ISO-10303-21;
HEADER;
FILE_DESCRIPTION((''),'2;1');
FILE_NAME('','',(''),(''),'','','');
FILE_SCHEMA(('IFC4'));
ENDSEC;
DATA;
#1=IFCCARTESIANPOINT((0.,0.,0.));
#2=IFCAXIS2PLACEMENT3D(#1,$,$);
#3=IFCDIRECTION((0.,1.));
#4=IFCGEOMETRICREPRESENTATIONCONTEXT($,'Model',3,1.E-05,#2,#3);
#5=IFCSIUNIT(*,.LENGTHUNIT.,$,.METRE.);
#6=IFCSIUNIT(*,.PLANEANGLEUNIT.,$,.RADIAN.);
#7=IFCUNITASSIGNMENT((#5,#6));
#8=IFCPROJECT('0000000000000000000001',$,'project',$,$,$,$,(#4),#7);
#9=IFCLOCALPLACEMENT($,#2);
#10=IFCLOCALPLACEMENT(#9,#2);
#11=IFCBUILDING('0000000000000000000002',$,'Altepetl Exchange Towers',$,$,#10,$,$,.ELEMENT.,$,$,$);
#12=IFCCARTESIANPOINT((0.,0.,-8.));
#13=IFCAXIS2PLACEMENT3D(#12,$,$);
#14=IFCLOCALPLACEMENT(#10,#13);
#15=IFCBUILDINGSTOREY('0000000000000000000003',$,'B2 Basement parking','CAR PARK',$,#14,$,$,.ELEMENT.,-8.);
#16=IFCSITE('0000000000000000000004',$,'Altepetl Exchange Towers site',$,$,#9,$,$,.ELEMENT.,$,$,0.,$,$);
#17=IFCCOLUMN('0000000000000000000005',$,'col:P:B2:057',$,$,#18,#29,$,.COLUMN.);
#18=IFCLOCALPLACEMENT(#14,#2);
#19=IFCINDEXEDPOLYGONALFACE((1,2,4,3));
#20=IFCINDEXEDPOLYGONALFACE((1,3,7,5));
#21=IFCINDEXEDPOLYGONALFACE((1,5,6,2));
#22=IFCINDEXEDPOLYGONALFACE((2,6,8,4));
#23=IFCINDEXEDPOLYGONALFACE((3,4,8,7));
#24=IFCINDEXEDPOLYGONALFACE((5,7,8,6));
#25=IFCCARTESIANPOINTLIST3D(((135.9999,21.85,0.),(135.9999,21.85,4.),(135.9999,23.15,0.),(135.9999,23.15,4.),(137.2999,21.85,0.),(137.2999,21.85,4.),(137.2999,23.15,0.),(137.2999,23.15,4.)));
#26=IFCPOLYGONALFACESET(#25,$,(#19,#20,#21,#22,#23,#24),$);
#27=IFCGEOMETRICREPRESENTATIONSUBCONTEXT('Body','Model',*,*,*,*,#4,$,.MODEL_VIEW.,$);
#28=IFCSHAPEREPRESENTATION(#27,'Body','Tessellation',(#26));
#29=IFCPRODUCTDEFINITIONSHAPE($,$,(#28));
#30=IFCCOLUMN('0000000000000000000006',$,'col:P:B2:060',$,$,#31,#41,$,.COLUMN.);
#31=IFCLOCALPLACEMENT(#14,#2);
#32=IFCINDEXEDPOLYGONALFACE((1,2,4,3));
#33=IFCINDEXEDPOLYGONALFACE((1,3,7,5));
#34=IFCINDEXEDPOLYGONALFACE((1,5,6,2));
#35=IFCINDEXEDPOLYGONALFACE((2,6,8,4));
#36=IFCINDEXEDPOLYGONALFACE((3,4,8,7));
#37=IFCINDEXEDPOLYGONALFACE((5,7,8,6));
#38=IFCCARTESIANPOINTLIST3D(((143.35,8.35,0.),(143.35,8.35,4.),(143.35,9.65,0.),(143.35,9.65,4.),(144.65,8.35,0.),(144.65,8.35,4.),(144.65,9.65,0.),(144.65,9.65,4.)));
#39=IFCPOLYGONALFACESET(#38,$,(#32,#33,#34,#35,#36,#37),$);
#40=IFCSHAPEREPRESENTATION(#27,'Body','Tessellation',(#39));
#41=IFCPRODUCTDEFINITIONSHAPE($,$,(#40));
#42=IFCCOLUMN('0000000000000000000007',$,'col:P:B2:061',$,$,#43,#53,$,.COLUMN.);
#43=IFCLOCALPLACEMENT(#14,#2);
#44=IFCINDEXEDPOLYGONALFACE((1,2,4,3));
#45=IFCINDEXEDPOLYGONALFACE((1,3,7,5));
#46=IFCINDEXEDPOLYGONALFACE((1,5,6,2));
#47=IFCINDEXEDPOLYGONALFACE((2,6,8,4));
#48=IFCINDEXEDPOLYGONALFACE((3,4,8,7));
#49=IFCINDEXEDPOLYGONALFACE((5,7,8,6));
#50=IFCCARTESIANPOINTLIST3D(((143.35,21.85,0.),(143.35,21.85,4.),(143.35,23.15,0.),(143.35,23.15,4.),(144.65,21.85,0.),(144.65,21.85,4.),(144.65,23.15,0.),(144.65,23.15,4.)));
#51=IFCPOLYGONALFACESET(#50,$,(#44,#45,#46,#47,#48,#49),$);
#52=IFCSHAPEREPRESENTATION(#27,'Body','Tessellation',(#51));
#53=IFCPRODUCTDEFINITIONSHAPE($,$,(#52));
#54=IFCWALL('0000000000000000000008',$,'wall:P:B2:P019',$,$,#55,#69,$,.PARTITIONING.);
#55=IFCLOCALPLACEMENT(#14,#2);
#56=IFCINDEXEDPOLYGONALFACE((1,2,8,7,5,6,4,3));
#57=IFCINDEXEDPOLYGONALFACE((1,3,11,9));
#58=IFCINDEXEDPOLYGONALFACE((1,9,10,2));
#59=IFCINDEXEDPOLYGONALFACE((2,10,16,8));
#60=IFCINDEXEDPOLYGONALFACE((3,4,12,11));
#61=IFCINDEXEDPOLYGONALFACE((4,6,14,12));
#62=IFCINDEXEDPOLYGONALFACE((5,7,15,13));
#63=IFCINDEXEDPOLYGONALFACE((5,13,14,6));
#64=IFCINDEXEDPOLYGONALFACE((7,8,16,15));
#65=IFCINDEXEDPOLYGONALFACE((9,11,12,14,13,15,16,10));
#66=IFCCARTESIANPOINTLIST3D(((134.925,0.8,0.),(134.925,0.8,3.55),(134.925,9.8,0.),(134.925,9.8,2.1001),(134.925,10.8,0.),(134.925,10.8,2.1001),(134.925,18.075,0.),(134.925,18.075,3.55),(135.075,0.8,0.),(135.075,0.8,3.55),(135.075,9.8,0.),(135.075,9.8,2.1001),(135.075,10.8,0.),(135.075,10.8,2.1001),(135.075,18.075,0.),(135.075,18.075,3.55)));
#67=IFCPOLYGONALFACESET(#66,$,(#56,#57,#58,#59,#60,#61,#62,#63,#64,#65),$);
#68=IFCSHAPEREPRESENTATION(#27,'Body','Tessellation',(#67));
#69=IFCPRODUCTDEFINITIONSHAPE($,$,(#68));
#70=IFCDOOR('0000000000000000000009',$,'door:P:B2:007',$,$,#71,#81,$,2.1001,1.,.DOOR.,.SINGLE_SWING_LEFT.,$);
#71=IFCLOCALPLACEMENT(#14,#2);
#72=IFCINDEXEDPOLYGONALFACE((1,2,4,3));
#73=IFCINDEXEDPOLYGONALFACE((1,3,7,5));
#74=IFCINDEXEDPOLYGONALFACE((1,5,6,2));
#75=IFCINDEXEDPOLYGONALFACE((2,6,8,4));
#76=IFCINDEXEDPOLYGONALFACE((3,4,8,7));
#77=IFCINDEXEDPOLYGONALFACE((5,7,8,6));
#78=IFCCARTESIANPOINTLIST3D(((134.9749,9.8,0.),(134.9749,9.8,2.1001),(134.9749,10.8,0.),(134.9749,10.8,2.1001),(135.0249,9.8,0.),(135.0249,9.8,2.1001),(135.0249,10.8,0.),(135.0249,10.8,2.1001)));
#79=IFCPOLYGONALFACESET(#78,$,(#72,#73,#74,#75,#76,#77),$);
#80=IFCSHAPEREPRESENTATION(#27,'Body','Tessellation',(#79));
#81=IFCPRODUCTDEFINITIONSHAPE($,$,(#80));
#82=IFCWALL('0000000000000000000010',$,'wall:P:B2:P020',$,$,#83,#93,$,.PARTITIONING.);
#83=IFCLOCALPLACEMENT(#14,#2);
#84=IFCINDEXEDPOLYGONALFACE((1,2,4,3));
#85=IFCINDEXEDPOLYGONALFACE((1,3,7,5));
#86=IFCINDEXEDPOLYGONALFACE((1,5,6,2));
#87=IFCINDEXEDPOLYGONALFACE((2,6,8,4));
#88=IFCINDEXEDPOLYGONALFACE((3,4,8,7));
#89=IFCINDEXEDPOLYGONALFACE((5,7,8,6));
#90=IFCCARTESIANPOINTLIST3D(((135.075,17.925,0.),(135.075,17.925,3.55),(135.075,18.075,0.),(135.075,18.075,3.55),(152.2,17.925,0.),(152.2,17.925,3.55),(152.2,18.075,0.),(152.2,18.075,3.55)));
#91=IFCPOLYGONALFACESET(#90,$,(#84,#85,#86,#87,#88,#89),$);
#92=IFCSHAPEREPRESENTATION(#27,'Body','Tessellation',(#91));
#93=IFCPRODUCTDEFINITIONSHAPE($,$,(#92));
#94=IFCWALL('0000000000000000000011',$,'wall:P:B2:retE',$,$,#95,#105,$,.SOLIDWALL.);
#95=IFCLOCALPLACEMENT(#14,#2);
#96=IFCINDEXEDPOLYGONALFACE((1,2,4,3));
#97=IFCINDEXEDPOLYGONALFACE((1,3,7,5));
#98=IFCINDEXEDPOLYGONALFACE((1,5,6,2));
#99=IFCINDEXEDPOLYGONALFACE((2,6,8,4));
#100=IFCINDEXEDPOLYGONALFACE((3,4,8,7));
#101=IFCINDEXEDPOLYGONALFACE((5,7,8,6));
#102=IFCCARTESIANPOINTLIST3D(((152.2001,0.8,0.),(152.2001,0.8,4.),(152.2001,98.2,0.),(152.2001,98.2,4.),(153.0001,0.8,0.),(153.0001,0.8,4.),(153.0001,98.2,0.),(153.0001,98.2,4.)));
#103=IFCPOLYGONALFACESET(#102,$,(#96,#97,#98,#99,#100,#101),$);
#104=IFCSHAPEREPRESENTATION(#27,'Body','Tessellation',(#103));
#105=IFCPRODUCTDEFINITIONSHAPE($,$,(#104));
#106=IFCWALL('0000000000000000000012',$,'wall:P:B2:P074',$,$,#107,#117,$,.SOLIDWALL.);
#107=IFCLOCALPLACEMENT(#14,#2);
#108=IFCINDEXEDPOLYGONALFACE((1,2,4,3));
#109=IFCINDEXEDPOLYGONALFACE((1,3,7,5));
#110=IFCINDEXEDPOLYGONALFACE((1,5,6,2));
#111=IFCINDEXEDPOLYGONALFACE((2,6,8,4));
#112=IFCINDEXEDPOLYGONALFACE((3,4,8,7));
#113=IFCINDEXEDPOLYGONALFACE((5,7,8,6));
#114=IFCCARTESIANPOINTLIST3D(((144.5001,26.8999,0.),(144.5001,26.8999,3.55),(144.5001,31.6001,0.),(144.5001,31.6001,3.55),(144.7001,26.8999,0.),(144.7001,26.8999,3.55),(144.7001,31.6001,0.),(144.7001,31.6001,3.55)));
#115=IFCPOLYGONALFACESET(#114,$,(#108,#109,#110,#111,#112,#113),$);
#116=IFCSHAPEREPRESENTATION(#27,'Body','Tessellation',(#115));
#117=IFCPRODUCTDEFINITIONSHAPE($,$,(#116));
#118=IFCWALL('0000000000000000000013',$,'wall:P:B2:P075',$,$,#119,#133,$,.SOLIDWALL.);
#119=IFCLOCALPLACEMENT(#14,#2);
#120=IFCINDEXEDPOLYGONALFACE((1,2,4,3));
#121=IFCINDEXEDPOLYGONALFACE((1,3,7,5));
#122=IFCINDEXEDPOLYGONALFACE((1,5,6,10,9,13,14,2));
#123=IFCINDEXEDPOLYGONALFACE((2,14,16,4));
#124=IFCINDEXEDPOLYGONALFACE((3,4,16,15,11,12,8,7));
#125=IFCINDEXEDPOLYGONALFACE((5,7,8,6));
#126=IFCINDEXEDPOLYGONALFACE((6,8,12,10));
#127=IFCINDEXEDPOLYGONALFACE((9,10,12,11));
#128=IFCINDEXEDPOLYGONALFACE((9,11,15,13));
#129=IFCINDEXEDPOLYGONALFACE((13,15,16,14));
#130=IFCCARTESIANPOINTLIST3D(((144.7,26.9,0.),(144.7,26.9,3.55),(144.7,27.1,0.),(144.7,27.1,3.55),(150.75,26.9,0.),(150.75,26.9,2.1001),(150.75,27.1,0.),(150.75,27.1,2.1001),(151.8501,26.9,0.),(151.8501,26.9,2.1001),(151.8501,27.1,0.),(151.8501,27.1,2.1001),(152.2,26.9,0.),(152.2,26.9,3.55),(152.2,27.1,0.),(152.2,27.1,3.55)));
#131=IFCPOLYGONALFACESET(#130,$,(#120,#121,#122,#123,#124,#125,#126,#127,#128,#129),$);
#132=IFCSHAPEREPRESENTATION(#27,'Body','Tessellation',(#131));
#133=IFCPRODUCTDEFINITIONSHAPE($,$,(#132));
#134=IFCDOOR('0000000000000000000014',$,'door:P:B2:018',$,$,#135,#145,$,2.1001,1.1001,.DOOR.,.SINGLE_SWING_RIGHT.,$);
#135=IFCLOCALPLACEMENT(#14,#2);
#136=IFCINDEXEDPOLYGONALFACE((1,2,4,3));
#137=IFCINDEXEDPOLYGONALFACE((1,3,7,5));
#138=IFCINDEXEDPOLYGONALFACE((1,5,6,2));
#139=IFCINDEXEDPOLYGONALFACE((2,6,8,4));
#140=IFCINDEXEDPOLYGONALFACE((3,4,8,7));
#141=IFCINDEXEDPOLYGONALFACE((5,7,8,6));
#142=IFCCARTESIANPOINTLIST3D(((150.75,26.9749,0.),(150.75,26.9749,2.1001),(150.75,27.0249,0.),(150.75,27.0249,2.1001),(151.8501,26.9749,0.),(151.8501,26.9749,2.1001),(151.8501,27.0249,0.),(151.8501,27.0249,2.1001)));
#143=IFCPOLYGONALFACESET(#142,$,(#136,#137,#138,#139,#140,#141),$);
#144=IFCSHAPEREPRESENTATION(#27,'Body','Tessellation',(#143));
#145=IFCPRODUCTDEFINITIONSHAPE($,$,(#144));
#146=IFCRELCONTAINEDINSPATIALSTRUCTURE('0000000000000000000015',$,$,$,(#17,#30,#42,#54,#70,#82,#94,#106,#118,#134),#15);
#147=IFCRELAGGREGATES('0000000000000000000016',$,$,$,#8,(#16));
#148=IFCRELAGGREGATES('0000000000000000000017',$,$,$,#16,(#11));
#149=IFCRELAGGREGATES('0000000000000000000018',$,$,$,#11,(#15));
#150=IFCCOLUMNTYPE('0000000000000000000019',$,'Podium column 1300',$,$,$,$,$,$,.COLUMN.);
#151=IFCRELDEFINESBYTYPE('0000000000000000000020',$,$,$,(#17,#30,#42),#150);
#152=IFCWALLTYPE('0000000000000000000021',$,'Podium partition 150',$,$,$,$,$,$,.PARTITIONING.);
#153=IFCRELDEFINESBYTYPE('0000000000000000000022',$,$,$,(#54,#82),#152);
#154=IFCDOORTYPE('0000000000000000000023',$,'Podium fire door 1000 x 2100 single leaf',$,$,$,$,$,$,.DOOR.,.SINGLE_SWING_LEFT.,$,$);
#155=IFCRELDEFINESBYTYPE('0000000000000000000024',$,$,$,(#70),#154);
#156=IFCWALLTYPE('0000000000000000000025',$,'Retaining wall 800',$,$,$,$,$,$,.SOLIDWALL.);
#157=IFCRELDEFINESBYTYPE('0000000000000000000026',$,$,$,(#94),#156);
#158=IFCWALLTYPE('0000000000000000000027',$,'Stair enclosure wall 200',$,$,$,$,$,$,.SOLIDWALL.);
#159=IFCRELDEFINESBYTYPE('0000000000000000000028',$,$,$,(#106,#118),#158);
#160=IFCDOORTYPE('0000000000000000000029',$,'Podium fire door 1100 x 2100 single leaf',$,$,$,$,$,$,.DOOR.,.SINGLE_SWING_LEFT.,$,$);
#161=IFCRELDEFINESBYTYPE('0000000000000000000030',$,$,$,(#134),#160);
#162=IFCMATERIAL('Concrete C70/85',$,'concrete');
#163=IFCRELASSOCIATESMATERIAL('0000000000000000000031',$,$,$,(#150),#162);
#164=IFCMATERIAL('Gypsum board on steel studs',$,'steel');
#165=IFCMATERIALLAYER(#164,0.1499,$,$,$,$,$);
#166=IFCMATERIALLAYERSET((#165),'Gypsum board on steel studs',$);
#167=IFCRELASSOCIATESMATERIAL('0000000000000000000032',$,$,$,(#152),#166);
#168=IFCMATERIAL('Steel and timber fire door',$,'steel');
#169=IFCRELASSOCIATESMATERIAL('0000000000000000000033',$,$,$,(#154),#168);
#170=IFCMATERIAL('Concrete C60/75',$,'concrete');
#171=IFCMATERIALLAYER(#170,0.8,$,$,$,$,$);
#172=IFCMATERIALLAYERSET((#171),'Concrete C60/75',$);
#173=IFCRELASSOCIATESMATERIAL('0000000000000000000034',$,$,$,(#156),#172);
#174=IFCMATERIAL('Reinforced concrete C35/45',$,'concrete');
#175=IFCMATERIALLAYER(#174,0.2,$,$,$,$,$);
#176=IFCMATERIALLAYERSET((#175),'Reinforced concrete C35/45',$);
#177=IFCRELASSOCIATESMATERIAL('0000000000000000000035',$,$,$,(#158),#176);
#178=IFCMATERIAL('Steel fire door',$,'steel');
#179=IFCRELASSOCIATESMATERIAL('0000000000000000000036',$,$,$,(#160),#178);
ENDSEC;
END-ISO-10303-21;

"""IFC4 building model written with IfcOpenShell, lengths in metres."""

from ifc_helpers import new_model, si_unit, direction, frame, frame_2d, origin, origin_2d, place, context, subcontext, project, spatial, rectangle, extrude, material, layer, layer_set, material_profile, profile_set, type_object, element, fill, save


model = new_model("IFC4")

# Units and contexts
model_context = context("Model", 3, precision=1e-05, world=origin(), true_north=direction((0.0, 1.0)))
body_context = subcontext(model_context, "Body", "Model", "MODEL_VIEW")
ifc_project = project(units=[si_unit("LENGTHUNIT", "METRE"), si_unit("PLANEANGLEUNIT", "RADIAN")], contexts=[model_context])

# Site, building, storey
site_placement = place(None, origin())
site = spatial("IfcSite", under=ifc_project, at=site_placement, Name="Altepetl Exchange Towers site", CompositionType="ELEMENT", RefElevation=0.0)
building_placement = place(site_placement, origin())
building = spatial("IfcBuilding", under=site, at=building_placement, Name="Altepetl Exchange Towers", CompositionType="ELEMENT")
storey_placement = place(building_placement, frame((0.0, 0.0, -8.0)))
storey = spatial("IfcBuildingStorey", under=building, at=storey_placement, Name="B2 Basement parking", Description="CAR PARK", CompositionType="ELEMENT", Elevation=-8.0)

# Columns
ifc_material_1 = material(Name="Concrete C70/85", Category="concrete")
ifc_material_profile_1 = material_profile(ifc_material_1, rectangle(XDim=1.3, YDim=1.3, at=origin_2d()), Name="1300 x 1300")
ifc_profile_set_1 = profile_set([ifc_material_profile_1], Name="Concrete C70/85")
column_type = type_object("IfcColumnType", Name="Podium column 1300", PredefinedType="COLUMN", material=ifc_profile_set_1)
for number, where, name in (
    (1, (136.6499, 22.5, 0.0), "col:P:B2:057"),
    (2, (144.0, 9.0, 0.0), "col:P:B2:060"),
    (3, (144.0, 22.5, 0.0), "col:P:B2:061"),
):
    element("IfcColumn", number, at=place(storey_placement, frame(where)), inside=storey, type_object=column_type, Name=name, PredefinedType="COLUMN", context=body_context, shape_type="SweptSolid", body=[
        extrude(rectangle(XDim=1.3, YDim=1.3, at=origin_2d()), origin(), (0.0, 0.0, 1.0), 4.0),
    ])

# Wall, opening, door
ifc_material_2 = material(Name="Gypsum board on steel studs", Category="steel")
ifc_layer_1 = layer(ifc_material_2, 0.1499)
ifc_layer_set_1 = layer_set([ifc_layer_1], Name="Gypsum board on steel studs")
wall_type_1 = type_object("IfcWallType", Name="Podium partition 150", PredefinedType="PARTITIONING", material=ifc_layer_set_1)
wall_1_placement = place(storey_placement, frame((135.0, 0.8, 0.0), z_axis=(0.0, 0.0, 1.0), x_axis=(0.0, 1.0, 0.0)))
wall_1 = element("IfcWall", 4, at=wall_1_placement, inside=storey, type_object=wall_type_1, Name="wall:P:B2:P019", PredefinedType="PARTITIONING", context=body_context, shape_type="SweptSolid", body=[
    extrude(rectangle(XDim=17.2749, YDim=0.1499, at=frame_2d((8.6375, 0.0))), origin(), (0.0, 0.0, 1.0), 3.55),
])
opening_1_placement = place(wall_1_placement, frame((9.0, 0.0, 0.0)))
opening_1 = element("IfcOpeningElement", 5, at=opening_1_placement, cuts=wall_1, PredefinedType="OPENING", context=body_context, shape_type="SweptSolid", body=[
    extrude(rectangle(XDim=1.0, YDim=2.1001, at=frame_2d((0.5, 1.05))), frame((0.0, 0.085, 0.0), z_axis=(0.0, -1.0, 0.0), x_axis=(1.0, 0.0, 0.0)), (0.0, 0.0, 1.0), 0.1699),
])
ifc_material_3 = material(Name="Steel and timber fire door", Category="steel")
door_type_1 = type_object("IfcDoorType", Name="Podium fire door 1000 x 2100 single leaf", OperationType="SINGLE_SWING_LEFT", PredefinedType="DOOR", material=ifc_material_3)
door_1_placement = place(opening_1_placement, frame((1.0, 0.0, 0.0), x_axis=(-1.0, 0.0, 0.0)))
door_1 = element("IfcDoor", 6, at=door_1_placement, inside=storey, type_object=door_type_1, Name="door:P:B2:007", OperationType="SINGLE_SWING_LEFT", OverallHeight=2.1001, OverallWidth=1.0, PredefinedType="DOOR", context=body_context, shape_type="SweptSolid", body=[
    extrude(rectangle(XDim=1.0, YDim=2.1001, at=frame_2d((0.5, 1.05))), frame((0.0, 0.0249, 0.0), z_axis=(0.0, -1.0, 0.0), x_axis=(1.0, 0.0, 0.0)), (0.0, 0.0, 1.0), 0.05),
])
fill(opening_1, door_1)

# Walls
wall_2_placement = place(storey_placement, frame((135.075, 18.0, 0.0)))
element("IfcWall", 7, at=wall_2_placement, inside=storey, type_object=wall_type_1, Name="wall:P:B2:P020", PredefinedType="PARTITIONING", context=body_context, shape_type="SweptSolid", body=[
    extrude(rectangle(XDim=17.125, YDim=0.1499, at=frame_2d((8.5625, 0.0))), origin(), (0.0, 0.0, 1.0), 3.55),
])
ifc_material_4 = material(Name="Concrete C60/75", Category="concrete")
ifc_layer_2 = layer(ifc_material_4, 0.8)
ifc_layer_set_2 = layer_set([ifc_layer_2], Name="Concrete C60/75")
wall_type_2 = type_object("IfcWallType", Name="Retaining wall 800", PredefinedType="SOLIDWALL", material=ifc_layer_set_2)
wall_3_placement = place(storey_placement, frame((152.6001, 0.8, 0.0), z_axis=(0.0, 0.0, 1.0), x_axis=(0.0, 1.0, 0.0)))
element("IfcWall", 8, at=wall_3_placement, inside=storey, type_object=wall_type_2, Name="wall:P:B2:retE", PredefinedType="SOLIDWALL", context=body_context, shape_type="SweptSolid", body=[
    extrude(rectangle(XDim=97.3999, YDim=0.8, at=frame_2d((48.7, 0.0))), origin(), (0.0, 0.0, 1.0), 4.0),
])
ifc_material_5 = material(Name="Reinforced concrete C35/45", Category="concrete")
ifc_layer_3 = layer(ifc_material_5, 0.2)
ifc_layer_set_3 = layer_set([ifc_layer_3], Name="Reinforced concrete C35/45")
wall_type_3 = type_object("IfcWallType", Name="Stair enclosure wall 200", PredefinedType="SOLIDWALL", material=ifc_layer_set_3)
wall_4_placement = place(storey_placement, frame((144.6001, 26.8999, 0.0), z_axis=(0.0, 0.0, 1.0), x_axis=(0.0, 1.0, 0.0)))
element("IfcWall", 9, at=wall_4_placement, inside=storey, type_object=wall_type_3, Name="wall:P:B2:P074", PredefinedType="SOLIDWALL", context=body_context, shape_type="SweptSolid", body=[
    extrude(rectangle(XDim=4.7002, YDim=0.2, at=frame_2d((2.3501, 0.0))), origin(), (0.0, 0.0, 1.0), 3.55),
])

# Wall, opening, door
wall_5_placement = place(storey_placement, frame((144.7, 27.0, 0.0)))
wall_5 = element("IfcWall", 10, at=wall_5_placement, inside=storey, type_object=wall_type_3, Name="wall:P:B2:P075", PredefinedType="SOLIDWALL", context=body_context, shape_type="SweptSolid", body=[
    extrude(rectangle(XDim=7.5, YDim=0.2, at=frame_2d((3.75, 0.0))), origin(), (0.0, 0.0, 1.0), 3.55),
])
opening_2_placement = place(wall_5_placement, frame((6.05, 0.0, 0.0)))
opening_2 = element("IfcOpeningElement", 11, at=opening_2_placement, cuts=wall_5, PredefinedType="OPENING", context=body_context, shape_type="SweptSolid", body=[
    extrude(rectangle(XDim=1.1001, YDim=2.1001, at=frame_2d((0.55, 1.05))), frame((0.0, 0.1099, 0.0), z_axis=(0.0, -1.0, 0.0), x_axis=(1.0, 0.0, 0.0)), (0.0, 0.0, 1.0), 0.22),
])
ifc_material_6 = material(Name="Steel fire door", Category="steel")
door_type_2 = type_object("IfcDoorType", Name="Podium fire door 1100 x 2100 single leaf", OperationType="SINGLE_SWING_LEFT", PredefinedType="DOOR", material=ifc_material_6)
door_2_placement = place(opening_2_placement, origin())
door_2 = element("IfcDoor", 12, at=door_2_placement, inside=storey, type_object=door_type_2, Name="door:P:B2:018", OperationType="SINGLE_SWING_RIGHT", OverallHeight=2.1001, OverallWidth=1.1001, PredefinedType="DOOR", context=body_context, shape_type="SweptSolid", body=[
    extrude(rectangle(XDim=1.1001, YDim=2.1001, at=frame_2d((0.55, 1.05))), frame((0.0, 0.0249, 0.0), z_axis=(0.0, -1.0, 0.0), x_axis=(1.0, 0.0, 0.0)), (0.0, 0.0, 1.0), 0.05),
])
fill(opening_2, door_2)

save(model, "model.ifc")
